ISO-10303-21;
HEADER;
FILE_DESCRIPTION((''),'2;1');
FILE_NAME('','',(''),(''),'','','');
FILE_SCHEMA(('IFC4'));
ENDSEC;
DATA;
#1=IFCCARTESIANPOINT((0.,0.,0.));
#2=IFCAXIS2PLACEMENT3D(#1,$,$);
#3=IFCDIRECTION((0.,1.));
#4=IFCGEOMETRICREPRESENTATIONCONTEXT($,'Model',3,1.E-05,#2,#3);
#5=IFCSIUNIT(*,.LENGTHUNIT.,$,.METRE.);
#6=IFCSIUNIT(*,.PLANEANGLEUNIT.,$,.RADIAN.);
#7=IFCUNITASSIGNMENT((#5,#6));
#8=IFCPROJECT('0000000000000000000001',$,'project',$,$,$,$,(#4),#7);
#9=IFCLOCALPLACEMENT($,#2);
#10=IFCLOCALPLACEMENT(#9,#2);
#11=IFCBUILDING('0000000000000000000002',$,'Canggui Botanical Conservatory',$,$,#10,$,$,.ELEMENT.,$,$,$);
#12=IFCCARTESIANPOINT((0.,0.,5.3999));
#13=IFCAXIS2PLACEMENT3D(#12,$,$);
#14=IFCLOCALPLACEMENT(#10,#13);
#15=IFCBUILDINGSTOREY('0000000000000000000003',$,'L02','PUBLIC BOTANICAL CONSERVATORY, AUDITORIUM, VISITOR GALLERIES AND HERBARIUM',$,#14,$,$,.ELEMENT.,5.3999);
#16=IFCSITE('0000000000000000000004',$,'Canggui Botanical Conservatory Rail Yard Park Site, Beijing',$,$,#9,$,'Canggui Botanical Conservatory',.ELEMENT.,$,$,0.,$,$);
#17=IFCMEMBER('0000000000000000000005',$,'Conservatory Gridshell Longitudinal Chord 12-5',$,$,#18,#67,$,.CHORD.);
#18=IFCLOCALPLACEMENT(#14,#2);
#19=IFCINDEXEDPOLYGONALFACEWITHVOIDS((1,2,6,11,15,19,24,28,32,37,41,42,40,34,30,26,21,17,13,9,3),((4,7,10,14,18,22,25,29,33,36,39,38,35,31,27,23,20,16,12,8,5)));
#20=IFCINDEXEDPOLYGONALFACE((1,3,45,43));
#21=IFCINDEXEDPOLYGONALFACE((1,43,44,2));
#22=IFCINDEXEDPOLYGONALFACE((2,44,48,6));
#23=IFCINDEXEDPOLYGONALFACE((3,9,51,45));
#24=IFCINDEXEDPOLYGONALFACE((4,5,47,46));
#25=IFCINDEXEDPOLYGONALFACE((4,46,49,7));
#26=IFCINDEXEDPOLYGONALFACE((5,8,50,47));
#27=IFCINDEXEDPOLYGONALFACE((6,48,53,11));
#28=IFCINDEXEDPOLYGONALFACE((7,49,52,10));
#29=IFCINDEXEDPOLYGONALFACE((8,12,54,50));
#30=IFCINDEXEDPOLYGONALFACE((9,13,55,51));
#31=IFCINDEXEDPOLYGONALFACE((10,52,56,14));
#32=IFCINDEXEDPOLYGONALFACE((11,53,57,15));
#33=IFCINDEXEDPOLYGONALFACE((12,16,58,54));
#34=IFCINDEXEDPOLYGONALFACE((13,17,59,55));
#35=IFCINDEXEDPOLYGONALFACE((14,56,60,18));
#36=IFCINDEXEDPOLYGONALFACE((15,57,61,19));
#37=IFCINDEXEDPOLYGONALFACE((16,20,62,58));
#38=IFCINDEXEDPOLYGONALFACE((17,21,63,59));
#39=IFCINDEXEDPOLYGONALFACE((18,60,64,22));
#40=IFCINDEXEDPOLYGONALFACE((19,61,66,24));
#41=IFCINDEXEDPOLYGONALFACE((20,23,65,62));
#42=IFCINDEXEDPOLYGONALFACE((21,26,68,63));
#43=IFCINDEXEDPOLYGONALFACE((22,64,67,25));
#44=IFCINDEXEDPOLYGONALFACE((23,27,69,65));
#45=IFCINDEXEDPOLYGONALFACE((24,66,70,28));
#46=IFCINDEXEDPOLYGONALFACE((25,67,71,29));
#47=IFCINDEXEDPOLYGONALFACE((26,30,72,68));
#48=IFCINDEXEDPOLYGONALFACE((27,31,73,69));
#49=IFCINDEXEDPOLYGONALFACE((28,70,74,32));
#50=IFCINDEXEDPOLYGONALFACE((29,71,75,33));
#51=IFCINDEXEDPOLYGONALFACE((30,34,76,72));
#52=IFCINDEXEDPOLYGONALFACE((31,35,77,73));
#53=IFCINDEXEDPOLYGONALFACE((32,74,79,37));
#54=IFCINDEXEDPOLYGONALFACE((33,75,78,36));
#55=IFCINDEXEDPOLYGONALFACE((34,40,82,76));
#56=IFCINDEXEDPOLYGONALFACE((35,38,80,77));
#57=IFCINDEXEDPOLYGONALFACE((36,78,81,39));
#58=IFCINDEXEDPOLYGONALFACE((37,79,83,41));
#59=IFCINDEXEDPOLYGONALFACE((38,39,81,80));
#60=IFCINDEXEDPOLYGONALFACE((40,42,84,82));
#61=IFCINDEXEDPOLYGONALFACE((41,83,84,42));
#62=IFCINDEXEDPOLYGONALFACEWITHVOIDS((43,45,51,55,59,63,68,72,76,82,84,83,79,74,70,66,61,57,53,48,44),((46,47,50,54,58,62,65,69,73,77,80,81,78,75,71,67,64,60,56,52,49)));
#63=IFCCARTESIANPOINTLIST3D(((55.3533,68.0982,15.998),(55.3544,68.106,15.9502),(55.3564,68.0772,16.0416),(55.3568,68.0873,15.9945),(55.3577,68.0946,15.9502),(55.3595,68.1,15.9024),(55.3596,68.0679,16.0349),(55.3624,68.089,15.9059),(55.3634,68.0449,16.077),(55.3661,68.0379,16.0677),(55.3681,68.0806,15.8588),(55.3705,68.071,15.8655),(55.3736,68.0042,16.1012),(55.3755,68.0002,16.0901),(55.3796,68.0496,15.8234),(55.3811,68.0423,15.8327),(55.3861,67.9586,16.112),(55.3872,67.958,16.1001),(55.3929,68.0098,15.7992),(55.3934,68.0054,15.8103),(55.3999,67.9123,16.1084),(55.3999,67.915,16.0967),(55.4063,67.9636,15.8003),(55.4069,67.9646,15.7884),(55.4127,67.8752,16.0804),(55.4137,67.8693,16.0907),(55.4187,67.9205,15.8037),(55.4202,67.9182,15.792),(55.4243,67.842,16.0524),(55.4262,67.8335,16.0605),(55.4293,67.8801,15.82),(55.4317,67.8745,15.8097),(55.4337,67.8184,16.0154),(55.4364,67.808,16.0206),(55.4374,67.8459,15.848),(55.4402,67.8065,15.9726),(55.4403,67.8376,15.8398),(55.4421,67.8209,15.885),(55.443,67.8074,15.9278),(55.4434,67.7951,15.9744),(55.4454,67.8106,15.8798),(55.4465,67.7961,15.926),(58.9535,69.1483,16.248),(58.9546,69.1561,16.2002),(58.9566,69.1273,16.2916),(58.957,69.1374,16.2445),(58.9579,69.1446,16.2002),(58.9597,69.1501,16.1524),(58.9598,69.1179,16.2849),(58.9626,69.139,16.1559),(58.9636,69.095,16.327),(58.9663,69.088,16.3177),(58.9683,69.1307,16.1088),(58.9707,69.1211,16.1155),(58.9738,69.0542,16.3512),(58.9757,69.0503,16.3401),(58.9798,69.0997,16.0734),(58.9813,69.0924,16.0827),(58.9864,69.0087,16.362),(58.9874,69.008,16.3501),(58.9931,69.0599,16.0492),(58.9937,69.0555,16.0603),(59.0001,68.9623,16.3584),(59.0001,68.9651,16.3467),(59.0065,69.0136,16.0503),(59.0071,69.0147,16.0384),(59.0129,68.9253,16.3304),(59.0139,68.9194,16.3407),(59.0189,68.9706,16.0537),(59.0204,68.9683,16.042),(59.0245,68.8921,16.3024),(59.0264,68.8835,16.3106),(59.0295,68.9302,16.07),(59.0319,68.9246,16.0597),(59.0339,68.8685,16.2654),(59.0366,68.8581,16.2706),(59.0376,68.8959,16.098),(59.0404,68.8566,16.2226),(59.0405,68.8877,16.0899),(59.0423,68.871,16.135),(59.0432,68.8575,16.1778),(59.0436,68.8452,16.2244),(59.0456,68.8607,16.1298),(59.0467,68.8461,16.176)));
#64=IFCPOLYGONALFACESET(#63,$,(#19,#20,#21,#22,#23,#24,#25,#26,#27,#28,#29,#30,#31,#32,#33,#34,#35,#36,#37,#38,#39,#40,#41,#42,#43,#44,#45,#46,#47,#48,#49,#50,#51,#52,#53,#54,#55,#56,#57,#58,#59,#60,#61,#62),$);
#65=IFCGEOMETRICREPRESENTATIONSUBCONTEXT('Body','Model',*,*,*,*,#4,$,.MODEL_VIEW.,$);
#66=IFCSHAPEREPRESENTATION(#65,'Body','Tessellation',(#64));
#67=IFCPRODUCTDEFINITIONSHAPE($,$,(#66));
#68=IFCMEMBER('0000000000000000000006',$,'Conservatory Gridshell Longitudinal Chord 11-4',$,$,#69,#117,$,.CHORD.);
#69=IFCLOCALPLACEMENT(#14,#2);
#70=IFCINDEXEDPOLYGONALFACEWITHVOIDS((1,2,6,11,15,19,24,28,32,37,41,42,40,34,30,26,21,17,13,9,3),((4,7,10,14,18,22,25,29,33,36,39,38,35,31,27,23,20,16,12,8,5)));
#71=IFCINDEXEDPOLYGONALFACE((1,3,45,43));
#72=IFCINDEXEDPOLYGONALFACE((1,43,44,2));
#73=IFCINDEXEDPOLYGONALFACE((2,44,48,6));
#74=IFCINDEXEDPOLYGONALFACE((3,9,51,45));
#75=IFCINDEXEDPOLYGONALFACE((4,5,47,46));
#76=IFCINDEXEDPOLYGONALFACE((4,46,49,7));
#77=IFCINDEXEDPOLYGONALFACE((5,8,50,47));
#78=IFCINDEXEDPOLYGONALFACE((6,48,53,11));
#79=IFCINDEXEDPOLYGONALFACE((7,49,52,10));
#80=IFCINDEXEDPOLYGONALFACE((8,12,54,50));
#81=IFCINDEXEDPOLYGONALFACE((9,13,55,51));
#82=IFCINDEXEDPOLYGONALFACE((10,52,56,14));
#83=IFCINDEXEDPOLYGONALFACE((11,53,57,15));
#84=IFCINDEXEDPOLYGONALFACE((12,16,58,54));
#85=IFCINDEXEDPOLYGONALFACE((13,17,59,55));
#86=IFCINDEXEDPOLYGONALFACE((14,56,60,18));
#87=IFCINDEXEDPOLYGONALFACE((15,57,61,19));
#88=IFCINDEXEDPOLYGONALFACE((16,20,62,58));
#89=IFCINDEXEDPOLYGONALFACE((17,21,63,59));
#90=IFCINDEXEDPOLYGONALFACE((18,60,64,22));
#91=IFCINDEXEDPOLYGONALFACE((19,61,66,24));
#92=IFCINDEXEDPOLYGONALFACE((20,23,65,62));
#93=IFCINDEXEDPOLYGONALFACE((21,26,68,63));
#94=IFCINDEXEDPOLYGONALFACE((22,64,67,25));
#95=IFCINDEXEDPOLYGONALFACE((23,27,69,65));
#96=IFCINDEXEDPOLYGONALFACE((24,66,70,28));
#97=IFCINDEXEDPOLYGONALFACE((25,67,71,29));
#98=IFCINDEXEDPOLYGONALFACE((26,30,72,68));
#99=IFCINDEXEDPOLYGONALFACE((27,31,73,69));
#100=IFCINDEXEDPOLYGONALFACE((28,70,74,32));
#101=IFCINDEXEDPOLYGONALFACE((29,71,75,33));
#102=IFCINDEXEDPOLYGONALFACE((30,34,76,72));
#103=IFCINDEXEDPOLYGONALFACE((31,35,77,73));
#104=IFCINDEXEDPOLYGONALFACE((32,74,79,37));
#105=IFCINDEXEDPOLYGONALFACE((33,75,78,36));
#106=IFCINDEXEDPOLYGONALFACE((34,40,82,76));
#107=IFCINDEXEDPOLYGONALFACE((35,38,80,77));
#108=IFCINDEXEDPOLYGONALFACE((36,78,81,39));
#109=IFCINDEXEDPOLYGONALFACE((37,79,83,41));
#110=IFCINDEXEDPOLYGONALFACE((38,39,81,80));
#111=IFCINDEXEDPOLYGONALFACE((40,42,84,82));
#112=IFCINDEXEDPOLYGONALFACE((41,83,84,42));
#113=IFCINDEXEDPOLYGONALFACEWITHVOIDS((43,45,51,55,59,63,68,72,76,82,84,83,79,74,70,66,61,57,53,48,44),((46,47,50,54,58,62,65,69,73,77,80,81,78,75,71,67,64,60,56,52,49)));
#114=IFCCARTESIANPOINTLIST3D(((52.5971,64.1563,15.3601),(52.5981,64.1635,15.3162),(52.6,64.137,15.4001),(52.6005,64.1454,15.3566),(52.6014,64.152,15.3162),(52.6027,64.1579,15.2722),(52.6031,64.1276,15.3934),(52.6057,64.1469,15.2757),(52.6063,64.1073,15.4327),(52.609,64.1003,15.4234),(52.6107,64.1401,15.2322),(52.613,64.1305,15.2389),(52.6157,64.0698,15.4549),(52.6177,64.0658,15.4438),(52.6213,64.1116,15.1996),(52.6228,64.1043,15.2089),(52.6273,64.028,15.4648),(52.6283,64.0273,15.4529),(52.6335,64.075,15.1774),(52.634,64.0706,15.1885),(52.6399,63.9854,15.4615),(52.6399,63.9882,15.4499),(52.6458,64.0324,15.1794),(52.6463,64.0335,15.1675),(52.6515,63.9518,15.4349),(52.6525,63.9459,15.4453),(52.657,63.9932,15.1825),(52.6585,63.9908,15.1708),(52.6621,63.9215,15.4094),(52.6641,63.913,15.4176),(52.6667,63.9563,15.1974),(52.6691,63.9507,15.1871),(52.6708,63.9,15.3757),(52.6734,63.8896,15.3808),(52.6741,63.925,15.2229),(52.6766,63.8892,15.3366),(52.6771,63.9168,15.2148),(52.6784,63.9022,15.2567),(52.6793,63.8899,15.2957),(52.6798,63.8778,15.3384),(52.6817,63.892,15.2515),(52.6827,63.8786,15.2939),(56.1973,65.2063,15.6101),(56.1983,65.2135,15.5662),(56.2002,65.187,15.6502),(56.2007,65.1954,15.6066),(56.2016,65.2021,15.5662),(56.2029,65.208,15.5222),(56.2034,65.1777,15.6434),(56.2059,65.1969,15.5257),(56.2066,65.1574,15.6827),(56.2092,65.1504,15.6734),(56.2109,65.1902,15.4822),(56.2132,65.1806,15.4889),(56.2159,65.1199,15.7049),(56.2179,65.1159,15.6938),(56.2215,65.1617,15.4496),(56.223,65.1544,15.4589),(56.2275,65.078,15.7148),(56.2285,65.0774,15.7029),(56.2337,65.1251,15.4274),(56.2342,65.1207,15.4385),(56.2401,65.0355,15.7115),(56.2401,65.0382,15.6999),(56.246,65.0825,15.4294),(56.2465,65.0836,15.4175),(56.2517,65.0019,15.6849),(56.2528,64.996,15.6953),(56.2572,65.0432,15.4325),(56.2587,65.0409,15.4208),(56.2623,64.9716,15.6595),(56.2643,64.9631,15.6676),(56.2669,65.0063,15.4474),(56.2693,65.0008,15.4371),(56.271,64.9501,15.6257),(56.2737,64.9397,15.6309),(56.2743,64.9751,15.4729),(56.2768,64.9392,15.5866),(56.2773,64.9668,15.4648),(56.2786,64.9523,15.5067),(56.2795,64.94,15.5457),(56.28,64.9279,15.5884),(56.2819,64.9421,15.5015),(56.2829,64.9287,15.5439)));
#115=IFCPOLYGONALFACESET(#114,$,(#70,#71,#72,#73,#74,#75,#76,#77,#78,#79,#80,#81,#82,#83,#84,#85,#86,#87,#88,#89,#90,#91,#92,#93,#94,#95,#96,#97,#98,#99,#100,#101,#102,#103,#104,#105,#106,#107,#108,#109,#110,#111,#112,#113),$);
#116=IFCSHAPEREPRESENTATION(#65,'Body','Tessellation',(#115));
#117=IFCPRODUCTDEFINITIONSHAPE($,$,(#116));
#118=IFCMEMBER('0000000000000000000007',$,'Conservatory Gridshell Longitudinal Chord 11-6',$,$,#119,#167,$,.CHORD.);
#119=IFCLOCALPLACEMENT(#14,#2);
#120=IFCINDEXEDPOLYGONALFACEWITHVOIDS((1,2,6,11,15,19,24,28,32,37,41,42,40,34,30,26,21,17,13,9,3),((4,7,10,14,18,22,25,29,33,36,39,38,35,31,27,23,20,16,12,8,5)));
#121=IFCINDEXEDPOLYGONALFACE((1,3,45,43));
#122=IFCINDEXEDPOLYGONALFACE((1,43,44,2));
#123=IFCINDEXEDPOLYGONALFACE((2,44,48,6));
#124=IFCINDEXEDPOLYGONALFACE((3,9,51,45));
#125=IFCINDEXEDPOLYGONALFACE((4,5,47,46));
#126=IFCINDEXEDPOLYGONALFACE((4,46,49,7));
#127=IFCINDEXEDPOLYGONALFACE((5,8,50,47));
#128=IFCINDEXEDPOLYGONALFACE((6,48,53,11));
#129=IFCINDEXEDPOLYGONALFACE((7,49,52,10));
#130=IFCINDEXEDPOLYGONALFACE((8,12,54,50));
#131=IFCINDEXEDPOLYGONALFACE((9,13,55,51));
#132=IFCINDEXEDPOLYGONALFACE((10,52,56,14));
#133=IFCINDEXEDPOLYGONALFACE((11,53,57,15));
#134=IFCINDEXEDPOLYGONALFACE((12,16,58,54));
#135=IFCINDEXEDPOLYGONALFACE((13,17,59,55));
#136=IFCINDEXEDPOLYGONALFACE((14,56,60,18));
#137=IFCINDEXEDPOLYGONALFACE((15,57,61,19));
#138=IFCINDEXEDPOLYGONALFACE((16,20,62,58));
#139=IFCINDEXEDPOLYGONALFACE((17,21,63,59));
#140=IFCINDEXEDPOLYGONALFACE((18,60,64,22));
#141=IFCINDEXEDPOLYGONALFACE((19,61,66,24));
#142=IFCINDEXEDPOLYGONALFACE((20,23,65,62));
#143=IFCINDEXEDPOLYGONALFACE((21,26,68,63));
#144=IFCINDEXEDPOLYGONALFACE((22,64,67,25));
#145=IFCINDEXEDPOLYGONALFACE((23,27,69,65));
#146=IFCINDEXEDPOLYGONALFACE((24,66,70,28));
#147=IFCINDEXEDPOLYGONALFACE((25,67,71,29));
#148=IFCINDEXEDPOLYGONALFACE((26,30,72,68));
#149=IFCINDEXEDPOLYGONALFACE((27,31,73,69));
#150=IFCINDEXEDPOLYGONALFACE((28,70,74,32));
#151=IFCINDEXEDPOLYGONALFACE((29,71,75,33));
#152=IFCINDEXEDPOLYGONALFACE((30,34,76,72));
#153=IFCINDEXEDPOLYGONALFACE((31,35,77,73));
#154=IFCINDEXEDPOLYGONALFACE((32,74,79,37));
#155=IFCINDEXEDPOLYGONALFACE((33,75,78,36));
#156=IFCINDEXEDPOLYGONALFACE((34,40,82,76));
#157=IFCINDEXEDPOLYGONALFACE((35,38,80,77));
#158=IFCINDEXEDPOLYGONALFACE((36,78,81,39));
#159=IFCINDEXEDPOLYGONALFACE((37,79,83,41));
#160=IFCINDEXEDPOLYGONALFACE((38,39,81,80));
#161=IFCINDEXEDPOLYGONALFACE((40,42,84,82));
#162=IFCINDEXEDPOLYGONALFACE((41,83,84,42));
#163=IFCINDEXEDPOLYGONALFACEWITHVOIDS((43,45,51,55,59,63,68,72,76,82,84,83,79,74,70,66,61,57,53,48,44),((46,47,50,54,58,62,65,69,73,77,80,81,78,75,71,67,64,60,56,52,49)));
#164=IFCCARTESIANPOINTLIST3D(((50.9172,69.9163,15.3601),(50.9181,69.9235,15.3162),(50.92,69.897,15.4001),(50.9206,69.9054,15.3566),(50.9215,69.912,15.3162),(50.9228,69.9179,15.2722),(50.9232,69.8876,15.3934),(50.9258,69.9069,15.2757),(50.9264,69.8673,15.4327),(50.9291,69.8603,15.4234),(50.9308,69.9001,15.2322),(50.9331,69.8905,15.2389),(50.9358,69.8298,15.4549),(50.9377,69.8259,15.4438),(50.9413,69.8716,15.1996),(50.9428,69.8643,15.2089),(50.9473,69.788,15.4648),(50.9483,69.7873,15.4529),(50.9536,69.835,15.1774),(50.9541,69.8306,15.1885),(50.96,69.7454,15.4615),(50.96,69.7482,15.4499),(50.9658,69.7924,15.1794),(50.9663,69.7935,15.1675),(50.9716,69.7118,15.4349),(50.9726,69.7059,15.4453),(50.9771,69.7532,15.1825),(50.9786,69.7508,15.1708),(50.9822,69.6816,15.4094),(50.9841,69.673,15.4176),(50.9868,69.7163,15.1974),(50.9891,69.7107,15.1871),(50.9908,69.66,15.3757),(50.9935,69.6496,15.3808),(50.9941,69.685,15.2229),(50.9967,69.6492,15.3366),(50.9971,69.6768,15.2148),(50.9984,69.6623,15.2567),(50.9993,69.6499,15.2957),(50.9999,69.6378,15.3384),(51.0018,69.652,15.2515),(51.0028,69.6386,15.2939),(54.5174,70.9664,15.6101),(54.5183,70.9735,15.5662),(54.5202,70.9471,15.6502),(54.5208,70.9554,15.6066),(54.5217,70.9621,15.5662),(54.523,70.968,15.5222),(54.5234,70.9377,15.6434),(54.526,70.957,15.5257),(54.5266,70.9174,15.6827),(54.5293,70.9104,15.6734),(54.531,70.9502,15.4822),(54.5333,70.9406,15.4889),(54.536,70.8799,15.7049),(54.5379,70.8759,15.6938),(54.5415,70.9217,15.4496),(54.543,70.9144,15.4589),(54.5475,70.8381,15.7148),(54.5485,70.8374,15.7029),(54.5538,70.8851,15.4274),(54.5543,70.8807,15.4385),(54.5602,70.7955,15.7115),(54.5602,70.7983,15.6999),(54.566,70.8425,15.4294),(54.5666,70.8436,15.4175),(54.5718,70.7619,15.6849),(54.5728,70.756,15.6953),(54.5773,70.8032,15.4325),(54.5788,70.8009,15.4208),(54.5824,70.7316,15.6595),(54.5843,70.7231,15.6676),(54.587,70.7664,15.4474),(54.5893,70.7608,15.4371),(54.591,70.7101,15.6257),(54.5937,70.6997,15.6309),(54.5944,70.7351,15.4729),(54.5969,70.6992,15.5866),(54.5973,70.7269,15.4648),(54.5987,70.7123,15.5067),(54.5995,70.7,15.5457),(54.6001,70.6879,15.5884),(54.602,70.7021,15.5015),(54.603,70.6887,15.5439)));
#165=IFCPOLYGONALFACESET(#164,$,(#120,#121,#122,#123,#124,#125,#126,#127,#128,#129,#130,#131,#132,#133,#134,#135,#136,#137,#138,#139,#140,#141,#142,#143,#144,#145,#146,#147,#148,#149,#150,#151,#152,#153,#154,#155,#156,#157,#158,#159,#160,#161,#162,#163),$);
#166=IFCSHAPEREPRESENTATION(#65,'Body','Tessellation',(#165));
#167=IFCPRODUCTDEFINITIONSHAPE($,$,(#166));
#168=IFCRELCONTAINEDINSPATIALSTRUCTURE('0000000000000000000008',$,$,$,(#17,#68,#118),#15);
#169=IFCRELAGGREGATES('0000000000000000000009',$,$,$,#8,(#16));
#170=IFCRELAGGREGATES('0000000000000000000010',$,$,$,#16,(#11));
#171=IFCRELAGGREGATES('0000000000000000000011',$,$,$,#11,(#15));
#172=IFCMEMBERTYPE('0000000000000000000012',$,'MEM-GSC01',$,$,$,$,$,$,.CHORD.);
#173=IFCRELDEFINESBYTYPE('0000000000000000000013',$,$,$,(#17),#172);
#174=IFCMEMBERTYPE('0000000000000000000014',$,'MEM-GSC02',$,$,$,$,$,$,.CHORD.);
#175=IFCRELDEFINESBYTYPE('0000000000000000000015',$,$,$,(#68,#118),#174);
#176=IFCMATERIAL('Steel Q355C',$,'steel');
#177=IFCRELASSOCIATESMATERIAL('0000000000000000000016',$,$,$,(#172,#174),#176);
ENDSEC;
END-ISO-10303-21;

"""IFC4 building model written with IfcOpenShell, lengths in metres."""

from ifc_helpers import new_model, si_unit, direction, frame, origin, origin_2d, place, context, subcontext, project, spatial, hollow_circle, extrude, material, material_profile, profile_set, type_object, element, save


model = new_model("IFC4")

# Units and contexts
model_context = context("Model", 3, precision=1e-05, world=origin(), true_north=direction((0.0, 1.0)))
body_context = subcontext(model_context, "Body", "Model", "MODEL_VIEW")
ifc_project = project(units=[si_unit("LENGTHUNIT", "METRE"), si_unit("PLANEANGLEUNIT", "RADIAN")], contexts=[model_context])

# Site, building, storey
site_placement = place(None, origin())
site = spatial("IfcSite", under=ifc_project, at=site_placement, Name="Canggui Botanical Conservatory Rail Yard Park Site, Beijing", LongName="Canggui Botanical Conservatory", CompositionType="ELEMENT", RefElevation=0.0)
building_placement = place(site_placement, origin())
building = spatial("IfcBuilding", under=site, at=building_placement, Name="Canggui Botanical Conservatory", CompositionType="ELEMENT")
storey_placement = place(building_placement, frame((0.0, 0.0, 5.3999)))
storey = spatial("IfcBuildingStorey", under=building, at=storey_placement, Name="L02", Description="PUBLIC BOTANICAL CONSERVATORY, AUDITORIUM, VISITOR GALLERIES AND HERBARIUM", CompositionType="ELEMENT", Elevation=5.3999)

# Shared definitions
ifc_material_1 = material(Name="Steel Q355C", Category="steel")

# Members
ifc_material_profile_1 = material_profile(ifc_material_1, hollow_circle(Radius=0.1626, WallThickness=0.012, at=origin_2d()), Name="CHS 325x12")
ifc_profile_set_1 = profile_set([ifc_material_profile_1], Name="Steel Q355C")
member_type_1 = type_object("IfcMemberType", Name="MEM-GSC01", PredefinedType="CHORD", material=ifc_profile_set_1)
member_1_placement = place(storey_placement, frame((55.3999, 67.95, 15.9502), z_axis=(0.957872, 0.279385, 0.066517), x_axis=(-0.280005, 0.959999, 0.0)))
element("IfcMember", 1, at=member_1_placement, inside=storey, type_object=member_type_1, Name="Conservatory Gridshell Longitudinal Chord 12-5", PredefinedType="CHORD", context=body_context, shape_type="SweptSolid", body=[
    extrude(hollow_circle(Radius=0.1626, WallThickness=0.012, at=origin_2d()), origin(), (0.0, 0.0, 1.0), 3.7585),
])
ifc_material_profile_2 = material_profile(ifc_material_1, hollow_circle(Radius=0.1494, WallThickness=0.012, at=origin_2d()), Name="CHS 299x12")
ifc_profile_set_2 = profile_set([ifc_material_profile_2], Name="Steel Q355C")
member_type_2 = type_object("IfcMemberType", Name="MEM-GSC02", PredefinedType="CHORD", material=ifc_profile_set_2)
for number, where, z_axis, x_axis, name in (
    (2, (52.6399, 64.02, 15.3162), (0.957872, 0.279385, 0.066517), (-0.280005, 0.959999, 0.0), "Conservatory Gridshell Longitudinal Chord 11-4"),
    (3, (50.96, 69.78, 15.3162), (0.957872, 0.279385, 0.066517), (-0.280005, 0.959999, 0.0), "Conservatory Gridshell Longitudinal Chord 11-6"),
):
    element("IfcMember", number, at=place(storey_placement, frame(where, z_axis=z_axis, x_axis=x_axis)), inside=storey, type_object=member_type_2, Name=name, PredefinedType="CHORD", context=body_context, shape_type="SweptSolid", body=[
        extrude(hollow_circle(Radius=0.1494, WallThickness=0.012, at=origin_2d()), origin(), (0.0, 0.0, 1.0), 3.7585),
    ])

save(model, "model.ifc")
